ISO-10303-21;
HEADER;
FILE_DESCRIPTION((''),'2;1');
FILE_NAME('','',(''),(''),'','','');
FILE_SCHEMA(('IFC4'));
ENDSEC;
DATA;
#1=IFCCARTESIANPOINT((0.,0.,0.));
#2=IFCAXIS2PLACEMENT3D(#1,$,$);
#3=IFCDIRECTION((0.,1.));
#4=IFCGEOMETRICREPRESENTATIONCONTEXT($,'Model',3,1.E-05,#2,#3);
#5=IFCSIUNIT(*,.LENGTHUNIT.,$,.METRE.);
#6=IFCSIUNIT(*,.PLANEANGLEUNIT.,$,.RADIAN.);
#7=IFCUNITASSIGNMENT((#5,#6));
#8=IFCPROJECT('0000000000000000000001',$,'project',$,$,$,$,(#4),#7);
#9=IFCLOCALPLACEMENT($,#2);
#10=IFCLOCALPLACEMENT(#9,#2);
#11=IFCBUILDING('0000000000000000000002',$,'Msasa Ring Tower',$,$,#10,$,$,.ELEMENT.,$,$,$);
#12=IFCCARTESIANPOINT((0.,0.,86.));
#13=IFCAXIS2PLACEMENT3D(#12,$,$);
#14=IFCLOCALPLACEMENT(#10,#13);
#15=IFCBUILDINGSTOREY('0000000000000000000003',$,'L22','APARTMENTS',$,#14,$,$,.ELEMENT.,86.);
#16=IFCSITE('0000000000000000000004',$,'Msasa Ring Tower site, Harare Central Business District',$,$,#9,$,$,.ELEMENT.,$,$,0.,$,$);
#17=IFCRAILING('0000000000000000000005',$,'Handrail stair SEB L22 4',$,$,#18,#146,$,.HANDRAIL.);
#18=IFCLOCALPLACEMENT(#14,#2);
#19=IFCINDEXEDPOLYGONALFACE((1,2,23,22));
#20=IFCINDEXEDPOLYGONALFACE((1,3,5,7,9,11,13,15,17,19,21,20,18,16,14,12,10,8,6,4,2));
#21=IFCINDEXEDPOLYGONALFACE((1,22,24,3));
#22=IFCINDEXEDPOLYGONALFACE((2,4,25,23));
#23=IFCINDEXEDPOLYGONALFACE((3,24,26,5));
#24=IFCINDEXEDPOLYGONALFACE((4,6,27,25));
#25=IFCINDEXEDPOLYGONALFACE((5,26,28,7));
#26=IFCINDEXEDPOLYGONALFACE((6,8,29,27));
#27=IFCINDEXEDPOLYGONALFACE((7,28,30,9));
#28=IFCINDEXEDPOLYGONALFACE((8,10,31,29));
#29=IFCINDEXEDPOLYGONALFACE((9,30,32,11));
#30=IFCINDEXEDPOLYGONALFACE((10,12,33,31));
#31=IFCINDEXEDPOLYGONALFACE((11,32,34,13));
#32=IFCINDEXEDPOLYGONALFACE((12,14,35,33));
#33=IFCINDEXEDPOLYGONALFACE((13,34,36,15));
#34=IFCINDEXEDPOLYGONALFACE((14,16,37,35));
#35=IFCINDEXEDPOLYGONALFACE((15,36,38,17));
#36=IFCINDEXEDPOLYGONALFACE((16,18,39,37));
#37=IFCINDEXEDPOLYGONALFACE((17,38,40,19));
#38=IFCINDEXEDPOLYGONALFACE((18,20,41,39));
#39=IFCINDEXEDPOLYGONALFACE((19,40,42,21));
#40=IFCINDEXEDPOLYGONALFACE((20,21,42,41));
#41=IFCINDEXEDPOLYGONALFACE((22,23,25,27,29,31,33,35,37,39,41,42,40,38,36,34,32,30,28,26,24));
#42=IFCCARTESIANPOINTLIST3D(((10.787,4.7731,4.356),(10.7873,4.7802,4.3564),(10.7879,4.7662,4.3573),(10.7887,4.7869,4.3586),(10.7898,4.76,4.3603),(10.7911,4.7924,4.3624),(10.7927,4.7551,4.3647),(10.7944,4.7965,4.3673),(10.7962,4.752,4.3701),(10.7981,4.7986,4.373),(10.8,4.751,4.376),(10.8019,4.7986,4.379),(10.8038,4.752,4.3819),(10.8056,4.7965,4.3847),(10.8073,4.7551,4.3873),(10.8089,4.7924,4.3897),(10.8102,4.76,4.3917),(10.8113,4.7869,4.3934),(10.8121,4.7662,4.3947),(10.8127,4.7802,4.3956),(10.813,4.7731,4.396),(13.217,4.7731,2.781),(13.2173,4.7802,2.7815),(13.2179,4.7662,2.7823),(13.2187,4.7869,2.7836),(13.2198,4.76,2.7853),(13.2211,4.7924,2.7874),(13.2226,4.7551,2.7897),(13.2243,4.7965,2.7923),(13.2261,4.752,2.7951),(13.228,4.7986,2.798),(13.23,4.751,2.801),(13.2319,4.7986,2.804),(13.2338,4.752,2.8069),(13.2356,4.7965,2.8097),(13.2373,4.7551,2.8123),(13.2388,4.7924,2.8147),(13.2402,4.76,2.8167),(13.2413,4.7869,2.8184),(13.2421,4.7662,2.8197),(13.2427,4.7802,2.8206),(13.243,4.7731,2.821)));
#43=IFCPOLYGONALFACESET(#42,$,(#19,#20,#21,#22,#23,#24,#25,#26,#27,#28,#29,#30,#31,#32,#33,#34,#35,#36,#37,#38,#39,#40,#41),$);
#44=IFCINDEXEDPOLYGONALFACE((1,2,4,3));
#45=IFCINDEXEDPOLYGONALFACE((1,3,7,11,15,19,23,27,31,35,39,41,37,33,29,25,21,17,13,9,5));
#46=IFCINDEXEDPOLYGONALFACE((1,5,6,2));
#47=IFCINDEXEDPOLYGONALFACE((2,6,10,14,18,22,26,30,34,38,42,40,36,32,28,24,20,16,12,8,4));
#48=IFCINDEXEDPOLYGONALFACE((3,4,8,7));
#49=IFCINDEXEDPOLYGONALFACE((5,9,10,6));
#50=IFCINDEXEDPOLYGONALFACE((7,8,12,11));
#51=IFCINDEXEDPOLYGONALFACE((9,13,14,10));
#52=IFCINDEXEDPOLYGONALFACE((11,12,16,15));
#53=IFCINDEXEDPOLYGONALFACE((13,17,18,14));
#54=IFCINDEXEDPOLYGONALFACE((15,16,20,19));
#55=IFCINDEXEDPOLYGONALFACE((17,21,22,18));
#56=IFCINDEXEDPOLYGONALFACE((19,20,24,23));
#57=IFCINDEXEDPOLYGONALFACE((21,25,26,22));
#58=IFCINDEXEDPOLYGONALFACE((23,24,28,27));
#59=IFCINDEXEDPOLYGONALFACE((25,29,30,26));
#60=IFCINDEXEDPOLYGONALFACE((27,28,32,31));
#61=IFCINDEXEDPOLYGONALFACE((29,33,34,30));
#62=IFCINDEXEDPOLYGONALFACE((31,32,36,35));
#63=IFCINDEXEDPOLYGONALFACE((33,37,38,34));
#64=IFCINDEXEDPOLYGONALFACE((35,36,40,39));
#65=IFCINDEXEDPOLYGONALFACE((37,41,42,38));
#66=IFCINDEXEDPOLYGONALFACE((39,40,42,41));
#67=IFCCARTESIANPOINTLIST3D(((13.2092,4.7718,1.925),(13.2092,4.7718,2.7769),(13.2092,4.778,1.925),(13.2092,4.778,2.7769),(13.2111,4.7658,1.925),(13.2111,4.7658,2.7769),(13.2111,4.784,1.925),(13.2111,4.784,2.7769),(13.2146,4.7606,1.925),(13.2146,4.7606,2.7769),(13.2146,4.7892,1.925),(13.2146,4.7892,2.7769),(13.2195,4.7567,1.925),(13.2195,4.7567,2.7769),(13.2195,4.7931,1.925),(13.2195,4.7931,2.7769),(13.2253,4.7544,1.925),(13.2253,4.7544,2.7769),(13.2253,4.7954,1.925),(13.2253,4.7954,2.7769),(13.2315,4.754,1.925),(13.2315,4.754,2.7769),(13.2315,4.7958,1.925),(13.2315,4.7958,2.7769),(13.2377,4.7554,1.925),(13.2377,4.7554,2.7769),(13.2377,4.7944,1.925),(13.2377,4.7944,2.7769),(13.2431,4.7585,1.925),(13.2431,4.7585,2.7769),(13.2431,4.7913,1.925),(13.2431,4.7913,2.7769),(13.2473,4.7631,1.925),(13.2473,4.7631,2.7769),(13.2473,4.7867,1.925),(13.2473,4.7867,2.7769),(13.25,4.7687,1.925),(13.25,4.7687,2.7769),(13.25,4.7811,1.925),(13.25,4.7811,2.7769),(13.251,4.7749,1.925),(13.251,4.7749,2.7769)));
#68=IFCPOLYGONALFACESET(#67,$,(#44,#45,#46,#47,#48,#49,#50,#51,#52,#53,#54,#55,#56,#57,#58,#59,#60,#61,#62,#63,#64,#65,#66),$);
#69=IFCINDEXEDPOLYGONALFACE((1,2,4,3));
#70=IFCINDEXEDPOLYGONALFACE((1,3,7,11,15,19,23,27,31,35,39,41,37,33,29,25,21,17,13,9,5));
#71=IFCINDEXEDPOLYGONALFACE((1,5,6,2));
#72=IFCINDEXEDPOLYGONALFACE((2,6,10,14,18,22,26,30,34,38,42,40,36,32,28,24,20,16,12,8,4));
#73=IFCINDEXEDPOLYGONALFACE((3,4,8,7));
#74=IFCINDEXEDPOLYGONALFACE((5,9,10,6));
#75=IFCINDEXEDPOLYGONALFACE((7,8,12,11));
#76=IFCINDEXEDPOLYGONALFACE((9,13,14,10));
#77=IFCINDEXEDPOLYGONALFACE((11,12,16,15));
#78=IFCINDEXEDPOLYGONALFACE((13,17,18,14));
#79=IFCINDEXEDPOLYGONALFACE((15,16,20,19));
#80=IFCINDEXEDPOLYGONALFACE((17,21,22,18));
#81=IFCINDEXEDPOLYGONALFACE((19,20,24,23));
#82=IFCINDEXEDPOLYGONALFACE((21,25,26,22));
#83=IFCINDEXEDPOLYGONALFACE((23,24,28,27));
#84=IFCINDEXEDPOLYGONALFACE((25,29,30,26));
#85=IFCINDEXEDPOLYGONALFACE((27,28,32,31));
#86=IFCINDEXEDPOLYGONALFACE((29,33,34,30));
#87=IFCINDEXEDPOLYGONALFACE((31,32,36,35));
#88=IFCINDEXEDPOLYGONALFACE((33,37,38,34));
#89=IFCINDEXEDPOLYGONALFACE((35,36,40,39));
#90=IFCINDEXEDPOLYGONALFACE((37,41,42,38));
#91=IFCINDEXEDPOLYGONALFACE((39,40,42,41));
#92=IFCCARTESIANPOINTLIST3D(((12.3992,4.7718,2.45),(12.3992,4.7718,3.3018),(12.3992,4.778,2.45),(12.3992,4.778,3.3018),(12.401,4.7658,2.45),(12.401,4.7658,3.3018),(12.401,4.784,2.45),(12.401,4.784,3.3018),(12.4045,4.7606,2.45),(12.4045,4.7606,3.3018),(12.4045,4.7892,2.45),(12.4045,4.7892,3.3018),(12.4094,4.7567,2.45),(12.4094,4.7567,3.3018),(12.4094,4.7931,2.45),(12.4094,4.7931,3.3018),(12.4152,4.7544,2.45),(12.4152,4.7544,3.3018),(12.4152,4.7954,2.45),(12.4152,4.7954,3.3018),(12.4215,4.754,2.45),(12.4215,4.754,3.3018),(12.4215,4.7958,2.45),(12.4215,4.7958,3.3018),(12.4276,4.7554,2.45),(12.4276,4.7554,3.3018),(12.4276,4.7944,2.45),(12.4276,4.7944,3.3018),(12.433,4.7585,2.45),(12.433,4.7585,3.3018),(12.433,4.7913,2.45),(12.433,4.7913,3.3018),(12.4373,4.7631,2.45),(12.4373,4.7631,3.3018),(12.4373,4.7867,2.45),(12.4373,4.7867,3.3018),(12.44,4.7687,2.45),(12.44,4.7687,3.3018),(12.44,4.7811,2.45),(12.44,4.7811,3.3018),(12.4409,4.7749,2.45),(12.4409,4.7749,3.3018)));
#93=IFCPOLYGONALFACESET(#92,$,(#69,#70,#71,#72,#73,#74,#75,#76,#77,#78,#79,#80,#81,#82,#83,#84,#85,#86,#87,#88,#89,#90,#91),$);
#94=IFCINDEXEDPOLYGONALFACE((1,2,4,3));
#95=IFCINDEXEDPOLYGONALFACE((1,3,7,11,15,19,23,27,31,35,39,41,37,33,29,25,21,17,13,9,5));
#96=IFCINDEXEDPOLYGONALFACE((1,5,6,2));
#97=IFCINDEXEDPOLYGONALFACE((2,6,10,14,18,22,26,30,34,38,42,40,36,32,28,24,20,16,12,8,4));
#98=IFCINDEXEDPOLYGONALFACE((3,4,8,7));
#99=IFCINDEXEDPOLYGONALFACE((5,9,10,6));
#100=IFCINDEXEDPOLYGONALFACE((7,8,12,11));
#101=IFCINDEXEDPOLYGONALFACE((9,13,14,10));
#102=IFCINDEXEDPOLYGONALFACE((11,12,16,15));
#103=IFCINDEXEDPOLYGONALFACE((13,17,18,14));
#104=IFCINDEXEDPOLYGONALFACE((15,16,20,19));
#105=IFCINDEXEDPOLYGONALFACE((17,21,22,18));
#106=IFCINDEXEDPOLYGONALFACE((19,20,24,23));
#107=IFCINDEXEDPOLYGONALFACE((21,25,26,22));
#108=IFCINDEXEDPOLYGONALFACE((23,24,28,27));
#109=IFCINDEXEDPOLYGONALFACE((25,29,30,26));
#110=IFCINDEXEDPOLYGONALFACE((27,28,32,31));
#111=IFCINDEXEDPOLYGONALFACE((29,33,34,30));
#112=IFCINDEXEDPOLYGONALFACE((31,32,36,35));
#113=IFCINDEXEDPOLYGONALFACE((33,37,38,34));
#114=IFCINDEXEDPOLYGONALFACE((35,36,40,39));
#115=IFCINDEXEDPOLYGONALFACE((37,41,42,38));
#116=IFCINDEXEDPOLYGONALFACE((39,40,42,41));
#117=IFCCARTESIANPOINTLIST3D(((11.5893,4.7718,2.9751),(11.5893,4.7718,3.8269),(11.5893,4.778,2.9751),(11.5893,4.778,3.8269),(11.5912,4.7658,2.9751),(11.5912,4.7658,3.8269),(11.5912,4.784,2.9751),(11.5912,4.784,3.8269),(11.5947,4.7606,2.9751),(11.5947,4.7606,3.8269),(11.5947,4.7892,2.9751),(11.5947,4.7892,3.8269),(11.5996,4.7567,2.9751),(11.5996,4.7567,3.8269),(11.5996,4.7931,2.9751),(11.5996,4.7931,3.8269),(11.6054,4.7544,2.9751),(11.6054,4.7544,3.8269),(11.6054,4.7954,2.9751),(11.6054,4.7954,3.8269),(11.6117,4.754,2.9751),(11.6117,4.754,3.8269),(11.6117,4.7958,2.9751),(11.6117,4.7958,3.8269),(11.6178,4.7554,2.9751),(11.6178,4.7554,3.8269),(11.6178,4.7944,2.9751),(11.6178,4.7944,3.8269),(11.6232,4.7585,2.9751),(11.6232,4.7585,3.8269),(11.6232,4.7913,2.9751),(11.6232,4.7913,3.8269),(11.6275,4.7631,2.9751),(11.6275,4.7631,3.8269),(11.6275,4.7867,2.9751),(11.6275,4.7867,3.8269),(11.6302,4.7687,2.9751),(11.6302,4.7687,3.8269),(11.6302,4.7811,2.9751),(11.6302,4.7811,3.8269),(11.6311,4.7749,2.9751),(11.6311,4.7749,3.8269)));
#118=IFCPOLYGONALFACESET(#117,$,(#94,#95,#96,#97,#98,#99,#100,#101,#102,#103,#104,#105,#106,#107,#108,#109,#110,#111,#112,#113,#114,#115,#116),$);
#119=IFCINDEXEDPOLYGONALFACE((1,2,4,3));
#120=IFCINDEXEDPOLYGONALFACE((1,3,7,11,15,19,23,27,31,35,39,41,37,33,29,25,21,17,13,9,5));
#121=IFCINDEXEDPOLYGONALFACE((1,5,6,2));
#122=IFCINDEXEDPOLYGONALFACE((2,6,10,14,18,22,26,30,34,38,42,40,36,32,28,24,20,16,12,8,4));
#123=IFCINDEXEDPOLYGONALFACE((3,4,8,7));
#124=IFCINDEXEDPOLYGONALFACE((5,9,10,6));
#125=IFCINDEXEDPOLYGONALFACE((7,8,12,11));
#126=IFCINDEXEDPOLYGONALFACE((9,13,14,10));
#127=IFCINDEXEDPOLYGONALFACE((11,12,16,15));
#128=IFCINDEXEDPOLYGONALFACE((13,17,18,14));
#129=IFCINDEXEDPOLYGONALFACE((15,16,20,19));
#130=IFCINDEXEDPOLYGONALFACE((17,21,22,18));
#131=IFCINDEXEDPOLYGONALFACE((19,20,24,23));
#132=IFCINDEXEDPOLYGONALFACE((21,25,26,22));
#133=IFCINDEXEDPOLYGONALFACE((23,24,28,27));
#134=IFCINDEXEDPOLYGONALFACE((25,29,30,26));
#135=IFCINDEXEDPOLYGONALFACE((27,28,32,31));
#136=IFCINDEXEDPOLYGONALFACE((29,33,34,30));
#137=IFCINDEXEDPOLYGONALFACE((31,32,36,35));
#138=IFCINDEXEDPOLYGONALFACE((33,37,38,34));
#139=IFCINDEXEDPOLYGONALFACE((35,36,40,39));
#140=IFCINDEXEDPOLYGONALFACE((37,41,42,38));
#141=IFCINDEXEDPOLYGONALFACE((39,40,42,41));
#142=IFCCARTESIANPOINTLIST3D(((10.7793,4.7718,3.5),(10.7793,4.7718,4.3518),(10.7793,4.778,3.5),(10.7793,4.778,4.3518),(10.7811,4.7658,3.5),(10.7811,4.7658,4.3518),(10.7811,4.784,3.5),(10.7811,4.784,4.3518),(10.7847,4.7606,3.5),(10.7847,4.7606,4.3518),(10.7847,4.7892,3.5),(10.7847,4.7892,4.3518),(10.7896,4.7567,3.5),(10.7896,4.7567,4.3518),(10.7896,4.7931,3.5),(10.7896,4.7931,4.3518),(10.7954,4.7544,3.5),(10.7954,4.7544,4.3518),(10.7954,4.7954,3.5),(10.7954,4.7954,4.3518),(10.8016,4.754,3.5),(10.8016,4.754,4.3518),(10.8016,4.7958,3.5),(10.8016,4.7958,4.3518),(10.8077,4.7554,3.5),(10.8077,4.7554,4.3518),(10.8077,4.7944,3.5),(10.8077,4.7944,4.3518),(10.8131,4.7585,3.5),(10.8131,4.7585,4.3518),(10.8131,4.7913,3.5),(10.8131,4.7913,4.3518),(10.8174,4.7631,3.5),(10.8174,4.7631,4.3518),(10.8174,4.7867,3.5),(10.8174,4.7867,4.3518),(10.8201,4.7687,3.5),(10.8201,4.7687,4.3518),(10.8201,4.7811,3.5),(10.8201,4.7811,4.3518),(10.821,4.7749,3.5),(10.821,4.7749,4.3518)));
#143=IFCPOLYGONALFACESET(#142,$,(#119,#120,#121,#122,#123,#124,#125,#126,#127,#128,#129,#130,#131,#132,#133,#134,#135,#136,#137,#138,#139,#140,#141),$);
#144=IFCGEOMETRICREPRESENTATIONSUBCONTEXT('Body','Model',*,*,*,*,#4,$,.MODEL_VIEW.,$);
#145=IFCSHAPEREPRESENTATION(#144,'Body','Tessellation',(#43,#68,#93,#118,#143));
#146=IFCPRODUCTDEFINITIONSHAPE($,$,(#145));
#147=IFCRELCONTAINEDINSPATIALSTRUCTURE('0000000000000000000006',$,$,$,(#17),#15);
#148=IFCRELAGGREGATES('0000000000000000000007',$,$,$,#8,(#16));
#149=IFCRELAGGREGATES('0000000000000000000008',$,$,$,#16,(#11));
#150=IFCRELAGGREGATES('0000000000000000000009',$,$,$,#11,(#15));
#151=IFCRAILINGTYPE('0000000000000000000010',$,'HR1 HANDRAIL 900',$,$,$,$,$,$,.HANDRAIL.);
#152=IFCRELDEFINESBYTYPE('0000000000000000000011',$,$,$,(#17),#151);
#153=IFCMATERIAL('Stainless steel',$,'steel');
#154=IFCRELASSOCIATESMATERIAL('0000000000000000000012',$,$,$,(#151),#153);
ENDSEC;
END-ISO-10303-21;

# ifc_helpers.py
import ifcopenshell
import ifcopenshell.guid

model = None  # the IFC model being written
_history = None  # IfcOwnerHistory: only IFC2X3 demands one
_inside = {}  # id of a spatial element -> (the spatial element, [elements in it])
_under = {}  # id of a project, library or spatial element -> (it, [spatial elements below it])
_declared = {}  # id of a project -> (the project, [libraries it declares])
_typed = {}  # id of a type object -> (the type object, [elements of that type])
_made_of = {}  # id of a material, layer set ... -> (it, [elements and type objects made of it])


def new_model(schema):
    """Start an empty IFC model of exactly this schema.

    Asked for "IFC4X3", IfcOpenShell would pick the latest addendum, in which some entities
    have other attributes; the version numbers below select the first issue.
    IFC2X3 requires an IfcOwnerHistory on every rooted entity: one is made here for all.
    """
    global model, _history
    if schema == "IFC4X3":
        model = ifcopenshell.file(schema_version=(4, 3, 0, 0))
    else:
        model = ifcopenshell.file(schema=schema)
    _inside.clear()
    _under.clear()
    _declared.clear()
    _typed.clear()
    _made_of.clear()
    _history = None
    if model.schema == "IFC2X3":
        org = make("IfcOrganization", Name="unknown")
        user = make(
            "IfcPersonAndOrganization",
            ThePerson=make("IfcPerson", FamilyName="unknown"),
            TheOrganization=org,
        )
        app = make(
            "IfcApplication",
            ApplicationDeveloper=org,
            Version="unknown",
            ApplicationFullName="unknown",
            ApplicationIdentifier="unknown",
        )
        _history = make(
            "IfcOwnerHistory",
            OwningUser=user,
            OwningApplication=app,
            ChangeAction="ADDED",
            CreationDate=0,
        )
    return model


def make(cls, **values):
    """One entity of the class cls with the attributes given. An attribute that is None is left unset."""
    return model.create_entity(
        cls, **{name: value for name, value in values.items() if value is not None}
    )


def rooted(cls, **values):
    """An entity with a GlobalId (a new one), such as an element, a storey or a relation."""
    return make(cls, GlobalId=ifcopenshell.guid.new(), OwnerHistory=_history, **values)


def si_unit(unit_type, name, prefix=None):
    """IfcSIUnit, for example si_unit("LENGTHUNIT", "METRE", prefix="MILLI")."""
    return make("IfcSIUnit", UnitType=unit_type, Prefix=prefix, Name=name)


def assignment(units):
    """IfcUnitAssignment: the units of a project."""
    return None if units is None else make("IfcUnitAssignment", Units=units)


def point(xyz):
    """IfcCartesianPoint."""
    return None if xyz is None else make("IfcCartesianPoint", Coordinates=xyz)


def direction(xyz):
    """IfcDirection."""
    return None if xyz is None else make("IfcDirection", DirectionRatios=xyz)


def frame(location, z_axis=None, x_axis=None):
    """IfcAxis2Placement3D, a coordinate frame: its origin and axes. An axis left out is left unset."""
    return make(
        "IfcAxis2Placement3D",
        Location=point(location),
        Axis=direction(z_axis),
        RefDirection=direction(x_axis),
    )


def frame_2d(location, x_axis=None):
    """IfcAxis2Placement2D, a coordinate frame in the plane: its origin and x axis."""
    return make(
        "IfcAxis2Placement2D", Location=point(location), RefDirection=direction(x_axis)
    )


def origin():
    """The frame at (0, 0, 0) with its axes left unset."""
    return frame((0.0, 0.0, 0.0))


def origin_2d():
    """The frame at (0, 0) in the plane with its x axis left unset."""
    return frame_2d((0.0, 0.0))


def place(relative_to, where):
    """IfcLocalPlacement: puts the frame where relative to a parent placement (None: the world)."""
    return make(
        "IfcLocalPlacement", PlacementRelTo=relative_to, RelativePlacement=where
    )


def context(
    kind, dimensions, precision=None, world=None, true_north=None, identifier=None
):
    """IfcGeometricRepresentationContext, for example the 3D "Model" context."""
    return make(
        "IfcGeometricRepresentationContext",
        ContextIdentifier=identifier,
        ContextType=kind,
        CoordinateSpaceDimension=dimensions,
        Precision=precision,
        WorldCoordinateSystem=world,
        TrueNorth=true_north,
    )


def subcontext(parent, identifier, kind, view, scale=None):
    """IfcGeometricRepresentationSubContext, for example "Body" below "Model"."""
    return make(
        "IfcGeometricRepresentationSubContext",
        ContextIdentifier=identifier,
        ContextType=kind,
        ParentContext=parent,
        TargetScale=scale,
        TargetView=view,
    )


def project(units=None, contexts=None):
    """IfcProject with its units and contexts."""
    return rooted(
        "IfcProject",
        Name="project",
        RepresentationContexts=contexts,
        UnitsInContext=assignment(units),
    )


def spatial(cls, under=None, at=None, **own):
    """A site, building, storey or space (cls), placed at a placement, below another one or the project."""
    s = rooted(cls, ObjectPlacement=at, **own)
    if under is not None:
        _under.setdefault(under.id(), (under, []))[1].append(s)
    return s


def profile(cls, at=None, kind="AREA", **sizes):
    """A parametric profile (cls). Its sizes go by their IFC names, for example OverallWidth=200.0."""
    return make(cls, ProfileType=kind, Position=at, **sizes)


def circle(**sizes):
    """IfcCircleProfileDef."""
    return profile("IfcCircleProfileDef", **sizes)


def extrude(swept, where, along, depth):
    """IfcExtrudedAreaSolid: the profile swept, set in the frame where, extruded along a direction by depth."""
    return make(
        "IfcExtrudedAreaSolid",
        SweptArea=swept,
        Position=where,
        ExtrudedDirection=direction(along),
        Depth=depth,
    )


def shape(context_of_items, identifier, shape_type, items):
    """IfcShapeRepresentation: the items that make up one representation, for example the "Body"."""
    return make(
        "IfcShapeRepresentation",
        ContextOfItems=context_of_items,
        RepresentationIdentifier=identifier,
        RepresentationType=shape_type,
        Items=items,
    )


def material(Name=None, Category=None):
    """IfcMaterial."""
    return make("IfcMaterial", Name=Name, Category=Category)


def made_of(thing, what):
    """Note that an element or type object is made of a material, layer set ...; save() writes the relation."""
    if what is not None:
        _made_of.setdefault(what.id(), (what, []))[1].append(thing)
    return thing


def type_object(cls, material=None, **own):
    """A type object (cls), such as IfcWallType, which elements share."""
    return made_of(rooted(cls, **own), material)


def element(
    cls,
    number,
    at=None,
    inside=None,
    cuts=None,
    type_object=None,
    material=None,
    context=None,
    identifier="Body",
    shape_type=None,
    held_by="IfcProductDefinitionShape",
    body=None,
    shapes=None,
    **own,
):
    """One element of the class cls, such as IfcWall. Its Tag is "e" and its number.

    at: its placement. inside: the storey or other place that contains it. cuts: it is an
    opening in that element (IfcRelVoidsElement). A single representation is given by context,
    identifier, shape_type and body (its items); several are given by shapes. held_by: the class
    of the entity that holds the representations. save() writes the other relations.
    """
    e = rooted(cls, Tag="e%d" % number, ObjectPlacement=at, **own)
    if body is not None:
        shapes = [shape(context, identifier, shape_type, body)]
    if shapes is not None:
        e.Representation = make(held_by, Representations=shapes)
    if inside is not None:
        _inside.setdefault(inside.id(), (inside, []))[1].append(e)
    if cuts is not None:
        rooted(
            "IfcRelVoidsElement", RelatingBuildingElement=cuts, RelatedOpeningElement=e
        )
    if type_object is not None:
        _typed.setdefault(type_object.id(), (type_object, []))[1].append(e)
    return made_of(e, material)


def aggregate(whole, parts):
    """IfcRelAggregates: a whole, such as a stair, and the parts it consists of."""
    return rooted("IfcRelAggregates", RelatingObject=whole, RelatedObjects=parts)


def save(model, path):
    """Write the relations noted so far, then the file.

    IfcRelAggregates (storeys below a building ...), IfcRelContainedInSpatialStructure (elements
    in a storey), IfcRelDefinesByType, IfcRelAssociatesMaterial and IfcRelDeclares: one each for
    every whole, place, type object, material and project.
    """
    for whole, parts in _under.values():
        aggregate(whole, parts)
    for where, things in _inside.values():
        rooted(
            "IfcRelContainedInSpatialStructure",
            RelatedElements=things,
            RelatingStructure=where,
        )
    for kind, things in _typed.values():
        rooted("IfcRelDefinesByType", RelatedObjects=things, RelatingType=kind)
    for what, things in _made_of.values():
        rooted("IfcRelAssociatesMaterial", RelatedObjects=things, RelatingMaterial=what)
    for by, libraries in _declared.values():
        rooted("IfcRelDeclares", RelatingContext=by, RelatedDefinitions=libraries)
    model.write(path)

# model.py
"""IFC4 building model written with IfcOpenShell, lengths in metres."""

from ifc_helpers import new_model, si_unit, direction, frame, origin, origin_2d, place, context, subcontext, project, spatial, circle, extrude, material, type_object, element, save


model = new_model("IFC4")

# Units and contexts
model_context = context("Model", 3, precision=1e-05, world=origin(), true_north=direction((0.0, 1.0)))
body_context = subcontext(model_context, "Body", "Model", "MODEL_VIEW")
ifc_project = project(units=[si_unit("LENGTHUNIT", "METRE"), si_unit("PLANEANGLEUNIT", "RADIAN")], contexts=[model_context])

# Site, building, storey
site_placement = place(None, origin())
site = spatial("IfcSite", under=ifc_project, at=site_placement, Name="Msasa Ring Tower site, Harare Central Business District", CompositionType="ELEMENT", RefElevation=0.0)
building_placement = place(site_placement, origin())
building = spatial("IfcBuilding", under=site, at=building_placement, Name="Msasa Ring Tower", CompositionType="ELEMENT")
storey_placement = place(building_placement, frame((0.0, 0.0, 86.0)))
storey = spatial("IfcBuildingStorey", under=building, at=storey_placement, Name="L22", Description="APARTMENTS", CompositionType="ELEMENT", Elevation=86.0)

# Railing
ifc_material_1 = material(Name="Stainless steel", Category="steel")
railing_type = type_object("IfcRailingType", Name="HR1 HANDRAIL 900", PredefinedType="HANDRAIL", material=ifc_material_1)
for number, where, name in (
    (1, (13.23, 4.7749, 1.925), "Handrail stair SEB L22 4"),
):
    element("IfcRailing", number, at=place(storey_placement, frame(where)), inside=storey, type_object=railing_type, Name=name, PredefinedType="HANDRAIL", context=body_context, shape_type="SweptSolid", body=[
        extrude(circle(Radius=0.0239, at=origin_2d()), frame((0.0, 0.0, 0.876), z_axis=(-0.839154, 0.0, 0.543894), x_axis=(0.0, -1.0, 0.0)), (0.0, 0.0, 1.0), 2.8958),
        extrude(circle(Radius=0.021, at=origin_2d()), origin(), (0.0, 0.0, 1.0), 0.8518),
        extrude(circle(Radius=0.021, at=origin_2d()), frame((-0.8101, 0.0, 0.5249)), (0.0, 0.0, 1.0), 0.8518),
        extrude(circle(Radius=0.021, at=origin_2d()), frame((-1.6199, 0.0, 1.05)), (0.0, 0.0, 1.0), 0.8518),
        extrude(circle(Radius=0.021, at=origin_2d()), frame((-2.4299, 0.0, 1.575)), (0.0, 0.0, 1.0), 0.8518),
    ])

save(model, "model.ifc")
